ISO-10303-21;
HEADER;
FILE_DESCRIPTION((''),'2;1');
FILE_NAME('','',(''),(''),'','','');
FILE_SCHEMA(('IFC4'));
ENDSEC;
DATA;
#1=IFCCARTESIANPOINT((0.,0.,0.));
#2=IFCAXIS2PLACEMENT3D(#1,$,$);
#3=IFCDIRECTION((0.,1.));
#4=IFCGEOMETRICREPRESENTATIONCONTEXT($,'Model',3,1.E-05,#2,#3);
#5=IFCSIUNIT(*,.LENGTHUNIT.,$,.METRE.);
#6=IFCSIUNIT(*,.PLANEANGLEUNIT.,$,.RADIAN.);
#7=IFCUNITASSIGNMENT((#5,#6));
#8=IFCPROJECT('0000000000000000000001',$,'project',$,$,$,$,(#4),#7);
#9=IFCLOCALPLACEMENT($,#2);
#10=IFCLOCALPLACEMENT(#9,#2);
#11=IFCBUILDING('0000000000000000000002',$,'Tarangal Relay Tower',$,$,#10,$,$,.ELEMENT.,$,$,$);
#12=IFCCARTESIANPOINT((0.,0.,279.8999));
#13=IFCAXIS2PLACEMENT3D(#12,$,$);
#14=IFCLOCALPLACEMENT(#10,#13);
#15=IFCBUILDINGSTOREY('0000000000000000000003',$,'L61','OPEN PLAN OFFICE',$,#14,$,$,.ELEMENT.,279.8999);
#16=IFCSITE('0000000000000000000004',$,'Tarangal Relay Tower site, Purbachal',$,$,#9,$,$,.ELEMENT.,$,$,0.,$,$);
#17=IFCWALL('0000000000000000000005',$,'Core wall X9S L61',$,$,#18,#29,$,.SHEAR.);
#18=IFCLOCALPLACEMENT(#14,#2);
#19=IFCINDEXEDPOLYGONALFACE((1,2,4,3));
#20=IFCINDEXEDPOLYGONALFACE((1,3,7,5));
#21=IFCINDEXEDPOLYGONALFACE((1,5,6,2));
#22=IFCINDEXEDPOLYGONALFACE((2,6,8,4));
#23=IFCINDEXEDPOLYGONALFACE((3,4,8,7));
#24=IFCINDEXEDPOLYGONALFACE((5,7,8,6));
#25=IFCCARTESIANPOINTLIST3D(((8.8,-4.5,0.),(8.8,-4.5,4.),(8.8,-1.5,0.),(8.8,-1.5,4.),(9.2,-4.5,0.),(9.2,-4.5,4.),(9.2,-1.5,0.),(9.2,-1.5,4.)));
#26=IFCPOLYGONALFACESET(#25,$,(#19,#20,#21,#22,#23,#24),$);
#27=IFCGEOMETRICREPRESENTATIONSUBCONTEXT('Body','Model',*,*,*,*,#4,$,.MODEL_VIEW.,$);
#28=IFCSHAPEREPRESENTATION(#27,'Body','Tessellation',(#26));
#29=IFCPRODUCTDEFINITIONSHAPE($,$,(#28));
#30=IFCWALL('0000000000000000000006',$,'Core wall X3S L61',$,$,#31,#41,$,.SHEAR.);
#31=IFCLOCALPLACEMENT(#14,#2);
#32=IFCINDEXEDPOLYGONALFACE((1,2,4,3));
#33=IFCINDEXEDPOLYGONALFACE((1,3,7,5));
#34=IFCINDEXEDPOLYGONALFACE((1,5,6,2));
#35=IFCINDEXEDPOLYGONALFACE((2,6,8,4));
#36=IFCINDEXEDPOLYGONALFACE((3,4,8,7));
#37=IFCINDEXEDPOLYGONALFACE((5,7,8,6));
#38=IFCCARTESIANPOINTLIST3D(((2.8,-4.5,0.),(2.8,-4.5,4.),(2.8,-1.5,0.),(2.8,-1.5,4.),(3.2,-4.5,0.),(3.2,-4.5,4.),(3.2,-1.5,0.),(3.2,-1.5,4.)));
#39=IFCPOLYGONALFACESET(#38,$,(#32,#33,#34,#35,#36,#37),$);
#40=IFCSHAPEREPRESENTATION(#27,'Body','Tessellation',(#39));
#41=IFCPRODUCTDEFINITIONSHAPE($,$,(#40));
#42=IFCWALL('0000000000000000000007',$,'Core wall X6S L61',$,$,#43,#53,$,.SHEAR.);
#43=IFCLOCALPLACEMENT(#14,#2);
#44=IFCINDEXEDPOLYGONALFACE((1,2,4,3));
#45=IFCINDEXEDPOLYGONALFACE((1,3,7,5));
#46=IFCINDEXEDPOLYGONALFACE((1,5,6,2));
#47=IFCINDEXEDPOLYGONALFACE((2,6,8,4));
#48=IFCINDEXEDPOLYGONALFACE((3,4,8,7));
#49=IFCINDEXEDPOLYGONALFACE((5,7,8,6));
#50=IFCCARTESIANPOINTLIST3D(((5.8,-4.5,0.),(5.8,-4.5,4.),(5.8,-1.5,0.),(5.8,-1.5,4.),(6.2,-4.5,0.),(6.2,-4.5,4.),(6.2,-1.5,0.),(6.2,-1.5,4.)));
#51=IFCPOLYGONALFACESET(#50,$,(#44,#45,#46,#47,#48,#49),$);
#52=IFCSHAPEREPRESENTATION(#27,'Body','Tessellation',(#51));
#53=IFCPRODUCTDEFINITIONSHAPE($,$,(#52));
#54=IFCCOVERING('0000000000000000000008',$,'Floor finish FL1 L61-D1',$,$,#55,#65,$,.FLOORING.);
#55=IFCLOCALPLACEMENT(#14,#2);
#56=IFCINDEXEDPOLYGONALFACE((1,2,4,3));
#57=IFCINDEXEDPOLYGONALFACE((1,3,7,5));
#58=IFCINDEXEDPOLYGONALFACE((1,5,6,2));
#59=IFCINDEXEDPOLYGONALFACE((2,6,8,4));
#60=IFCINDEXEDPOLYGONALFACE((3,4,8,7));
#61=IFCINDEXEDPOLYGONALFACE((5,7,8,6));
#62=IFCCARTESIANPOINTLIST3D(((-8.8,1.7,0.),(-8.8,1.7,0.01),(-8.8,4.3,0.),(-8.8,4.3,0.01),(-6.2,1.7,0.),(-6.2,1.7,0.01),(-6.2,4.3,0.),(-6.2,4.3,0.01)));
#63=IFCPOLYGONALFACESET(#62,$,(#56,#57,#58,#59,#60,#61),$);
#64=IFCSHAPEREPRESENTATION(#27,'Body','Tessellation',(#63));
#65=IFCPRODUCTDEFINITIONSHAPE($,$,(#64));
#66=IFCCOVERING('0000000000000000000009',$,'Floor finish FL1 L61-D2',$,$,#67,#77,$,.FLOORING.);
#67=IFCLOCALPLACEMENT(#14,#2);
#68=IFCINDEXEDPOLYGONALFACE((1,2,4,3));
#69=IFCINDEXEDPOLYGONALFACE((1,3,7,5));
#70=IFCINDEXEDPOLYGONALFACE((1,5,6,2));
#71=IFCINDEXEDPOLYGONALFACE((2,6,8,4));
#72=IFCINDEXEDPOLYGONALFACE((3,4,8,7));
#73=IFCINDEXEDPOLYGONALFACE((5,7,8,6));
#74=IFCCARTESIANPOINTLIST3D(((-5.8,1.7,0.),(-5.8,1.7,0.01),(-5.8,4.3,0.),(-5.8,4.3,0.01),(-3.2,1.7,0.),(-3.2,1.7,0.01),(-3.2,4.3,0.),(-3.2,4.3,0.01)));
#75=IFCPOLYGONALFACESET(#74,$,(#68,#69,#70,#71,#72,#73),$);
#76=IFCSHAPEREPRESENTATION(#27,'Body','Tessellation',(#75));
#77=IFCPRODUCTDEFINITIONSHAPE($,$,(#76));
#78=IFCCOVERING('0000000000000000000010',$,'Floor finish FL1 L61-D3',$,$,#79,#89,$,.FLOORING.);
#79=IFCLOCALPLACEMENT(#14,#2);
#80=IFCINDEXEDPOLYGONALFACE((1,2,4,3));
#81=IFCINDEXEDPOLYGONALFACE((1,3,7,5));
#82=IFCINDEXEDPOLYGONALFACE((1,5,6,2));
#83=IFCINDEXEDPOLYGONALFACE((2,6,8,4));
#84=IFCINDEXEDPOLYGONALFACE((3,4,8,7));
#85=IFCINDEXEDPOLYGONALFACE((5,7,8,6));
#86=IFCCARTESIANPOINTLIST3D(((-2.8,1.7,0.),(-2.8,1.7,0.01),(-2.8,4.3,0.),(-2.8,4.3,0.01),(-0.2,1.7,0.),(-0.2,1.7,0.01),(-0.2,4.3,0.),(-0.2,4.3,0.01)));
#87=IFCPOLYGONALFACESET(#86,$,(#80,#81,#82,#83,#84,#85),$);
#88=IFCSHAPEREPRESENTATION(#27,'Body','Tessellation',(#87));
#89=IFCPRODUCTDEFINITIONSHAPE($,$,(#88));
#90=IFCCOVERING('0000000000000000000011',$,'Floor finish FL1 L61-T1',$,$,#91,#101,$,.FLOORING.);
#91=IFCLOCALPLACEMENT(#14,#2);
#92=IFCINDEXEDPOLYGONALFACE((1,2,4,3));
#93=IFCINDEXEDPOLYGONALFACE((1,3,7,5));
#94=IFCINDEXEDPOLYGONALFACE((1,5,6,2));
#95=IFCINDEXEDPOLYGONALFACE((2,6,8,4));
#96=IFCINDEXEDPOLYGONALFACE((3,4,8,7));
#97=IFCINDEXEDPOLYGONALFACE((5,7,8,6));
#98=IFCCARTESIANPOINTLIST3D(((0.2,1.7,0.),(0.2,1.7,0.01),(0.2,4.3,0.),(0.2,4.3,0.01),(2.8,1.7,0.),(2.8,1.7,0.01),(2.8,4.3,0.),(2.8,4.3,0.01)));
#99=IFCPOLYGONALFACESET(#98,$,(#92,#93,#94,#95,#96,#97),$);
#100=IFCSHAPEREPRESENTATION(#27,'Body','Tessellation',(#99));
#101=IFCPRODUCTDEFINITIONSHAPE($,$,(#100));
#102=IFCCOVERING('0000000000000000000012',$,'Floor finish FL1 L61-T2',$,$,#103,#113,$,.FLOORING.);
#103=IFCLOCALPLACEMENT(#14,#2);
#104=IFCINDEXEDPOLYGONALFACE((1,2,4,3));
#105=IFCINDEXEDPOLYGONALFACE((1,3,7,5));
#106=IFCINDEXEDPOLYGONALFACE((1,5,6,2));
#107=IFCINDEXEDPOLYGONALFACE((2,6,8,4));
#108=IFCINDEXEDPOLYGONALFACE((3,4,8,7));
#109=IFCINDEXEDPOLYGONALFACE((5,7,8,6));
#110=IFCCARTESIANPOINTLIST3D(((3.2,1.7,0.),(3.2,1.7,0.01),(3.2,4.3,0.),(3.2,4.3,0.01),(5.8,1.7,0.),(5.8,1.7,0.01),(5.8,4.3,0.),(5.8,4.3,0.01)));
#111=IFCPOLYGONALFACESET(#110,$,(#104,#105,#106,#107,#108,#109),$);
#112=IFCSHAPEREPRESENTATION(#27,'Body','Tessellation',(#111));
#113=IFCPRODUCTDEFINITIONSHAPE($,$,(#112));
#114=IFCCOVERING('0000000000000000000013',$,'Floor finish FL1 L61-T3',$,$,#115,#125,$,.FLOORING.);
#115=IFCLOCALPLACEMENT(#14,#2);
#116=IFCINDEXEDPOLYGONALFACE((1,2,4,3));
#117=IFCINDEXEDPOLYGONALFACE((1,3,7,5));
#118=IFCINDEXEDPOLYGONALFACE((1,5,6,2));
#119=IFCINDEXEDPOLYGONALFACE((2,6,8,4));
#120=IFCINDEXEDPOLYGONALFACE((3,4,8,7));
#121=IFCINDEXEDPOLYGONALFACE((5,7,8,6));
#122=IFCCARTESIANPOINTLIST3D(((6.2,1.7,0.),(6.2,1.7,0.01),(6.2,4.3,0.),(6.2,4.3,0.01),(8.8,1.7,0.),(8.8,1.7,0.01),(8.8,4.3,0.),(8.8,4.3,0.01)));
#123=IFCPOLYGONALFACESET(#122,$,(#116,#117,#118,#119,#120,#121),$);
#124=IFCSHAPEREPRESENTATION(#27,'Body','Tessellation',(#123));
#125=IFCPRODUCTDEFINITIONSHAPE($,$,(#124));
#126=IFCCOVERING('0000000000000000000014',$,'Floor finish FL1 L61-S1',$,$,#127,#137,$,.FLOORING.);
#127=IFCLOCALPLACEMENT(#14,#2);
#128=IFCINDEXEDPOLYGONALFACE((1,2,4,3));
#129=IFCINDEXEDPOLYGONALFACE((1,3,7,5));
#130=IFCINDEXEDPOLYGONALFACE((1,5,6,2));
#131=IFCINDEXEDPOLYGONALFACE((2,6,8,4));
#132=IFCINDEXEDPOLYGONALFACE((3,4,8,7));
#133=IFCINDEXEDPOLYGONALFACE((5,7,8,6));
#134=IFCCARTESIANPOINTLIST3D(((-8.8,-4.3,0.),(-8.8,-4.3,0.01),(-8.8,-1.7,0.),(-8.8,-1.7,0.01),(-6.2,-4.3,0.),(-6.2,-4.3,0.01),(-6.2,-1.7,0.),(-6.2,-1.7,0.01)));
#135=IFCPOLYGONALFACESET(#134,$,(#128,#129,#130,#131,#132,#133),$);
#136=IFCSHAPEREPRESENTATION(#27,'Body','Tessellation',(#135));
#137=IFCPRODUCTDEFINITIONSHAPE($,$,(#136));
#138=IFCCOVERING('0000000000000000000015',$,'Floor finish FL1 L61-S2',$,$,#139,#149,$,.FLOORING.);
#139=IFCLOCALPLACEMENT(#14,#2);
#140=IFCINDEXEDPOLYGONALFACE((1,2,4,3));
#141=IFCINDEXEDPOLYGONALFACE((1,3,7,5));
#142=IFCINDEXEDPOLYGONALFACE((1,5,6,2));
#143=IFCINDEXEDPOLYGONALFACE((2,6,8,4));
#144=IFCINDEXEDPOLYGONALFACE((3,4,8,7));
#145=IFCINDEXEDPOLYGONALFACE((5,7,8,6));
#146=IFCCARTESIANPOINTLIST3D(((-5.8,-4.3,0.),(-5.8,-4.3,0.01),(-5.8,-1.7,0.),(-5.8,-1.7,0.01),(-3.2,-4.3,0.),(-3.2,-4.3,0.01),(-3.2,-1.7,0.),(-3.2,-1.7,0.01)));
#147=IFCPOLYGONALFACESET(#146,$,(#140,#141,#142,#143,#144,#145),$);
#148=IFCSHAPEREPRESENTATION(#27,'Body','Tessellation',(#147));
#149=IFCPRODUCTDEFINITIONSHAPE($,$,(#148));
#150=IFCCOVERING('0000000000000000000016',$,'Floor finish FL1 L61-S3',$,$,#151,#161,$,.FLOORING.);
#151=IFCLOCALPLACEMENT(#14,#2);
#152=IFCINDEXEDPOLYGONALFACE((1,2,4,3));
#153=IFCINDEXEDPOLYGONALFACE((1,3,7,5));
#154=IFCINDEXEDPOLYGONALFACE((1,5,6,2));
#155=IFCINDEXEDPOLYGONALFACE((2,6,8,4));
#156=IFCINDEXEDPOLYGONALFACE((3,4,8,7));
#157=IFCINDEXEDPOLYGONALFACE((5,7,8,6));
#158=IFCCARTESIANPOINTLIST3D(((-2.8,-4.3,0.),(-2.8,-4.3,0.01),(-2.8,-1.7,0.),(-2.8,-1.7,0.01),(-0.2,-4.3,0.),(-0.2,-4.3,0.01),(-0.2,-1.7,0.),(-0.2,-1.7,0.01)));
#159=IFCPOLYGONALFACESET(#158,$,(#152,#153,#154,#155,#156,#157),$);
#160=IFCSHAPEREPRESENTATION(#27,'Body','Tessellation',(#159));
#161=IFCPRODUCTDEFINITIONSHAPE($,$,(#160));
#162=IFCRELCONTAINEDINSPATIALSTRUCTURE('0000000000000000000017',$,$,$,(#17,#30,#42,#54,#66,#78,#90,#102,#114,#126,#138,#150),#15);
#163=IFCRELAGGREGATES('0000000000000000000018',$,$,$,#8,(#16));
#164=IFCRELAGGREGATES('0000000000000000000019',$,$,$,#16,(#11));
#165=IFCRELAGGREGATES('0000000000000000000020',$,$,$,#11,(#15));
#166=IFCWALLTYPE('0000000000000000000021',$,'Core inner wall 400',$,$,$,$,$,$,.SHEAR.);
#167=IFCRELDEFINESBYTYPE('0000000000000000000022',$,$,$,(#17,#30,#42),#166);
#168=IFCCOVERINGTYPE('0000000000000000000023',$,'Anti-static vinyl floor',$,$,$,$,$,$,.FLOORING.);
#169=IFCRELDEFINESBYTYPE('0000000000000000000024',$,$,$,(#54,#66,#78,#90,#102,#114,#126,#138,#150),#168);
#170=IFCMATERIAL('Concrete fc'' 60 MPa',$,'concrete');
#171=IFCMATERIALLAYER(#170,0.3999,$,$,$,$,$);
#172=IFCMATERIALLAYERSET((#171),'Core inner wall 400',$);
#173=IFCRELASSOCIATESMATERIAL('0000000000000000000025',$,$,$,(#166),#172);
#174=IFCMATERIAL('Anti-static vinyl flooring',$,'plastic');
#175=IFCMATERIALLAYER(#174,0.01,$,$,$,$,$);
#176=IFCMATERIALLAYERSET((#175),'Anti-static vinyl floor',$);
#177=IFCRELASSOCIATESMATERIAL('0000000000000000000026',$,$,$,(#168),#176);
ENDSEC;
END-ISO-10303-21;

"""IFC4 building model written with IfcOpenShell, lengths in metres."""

from ifc_helpers import new_model, si_unit, direction, frame, frame_2d, origin, place, context, subcontext, project, spatial, polyline, rectangle, outline, extrude, material, layer, layer_set, type_object, element, save


model = new_model("IFC4")

# Units and contexts
model_context = context("Model", 3, precision=1e-05, world=origin(), true_north=direction((0.0, 1.0)))
body_context = subcontext(model_context, "Body", "Model", "MODEL_VIEW")
ifc_project = project(units=[si_unit("LENGTHUNIT", "METRE"), si_unit("PLANEANGLEUNIT", "RADIAN")], contexts=[model_context])

# Site, building, storey
site_placement = place(None, origin())
site = spatial("IfcSite", under=ifc_project, at=site_placement, Name="Tarangal Relay Tower site, Purbachal", CompositionType="ELEMENT", RefElevation=0.0)
building_placement = place(site_placement, origin())
building = spatial("IfcBuilding", under=site, at=building_placement, Name="Tarangal Relay Tower", CompositionType="ELEMENT")
storey_placement = place(building_placement, frame((0.0, 0.0, 279.8999)))
storey = spatial("IfcBuildingStorey", under=building, at=storey_placement, Name="L61", Description="OPEN PLAN OFFICE", CompositionType="ELEMENT", Elevation=279.8999)

# Walls
ifc_material_1 = material(Name="Concrete fc' 60 MPa", Category="concrete")
ifc_layer_1 = layer(ifc_material_1, 0.3999)
ifc_layer_set_1 = layer_set([ifc_layer_1], Name="Core inner wall 400")
wall_type = type_object("IfcWallType", Name="Core inner wall 400", PredefinedType="SHEAR", material=ifc_layer_set_1)
for number, where, z_axis, x_axis, name in (
    (1, (9.0, -4.5, 0.0), (0.0, 0.0, 1.0), (0.0, 1.0, 0.0), "Core wall X9S L61"),
    (2, (3.0, -4.5, 0.0), (0.0, 0.0, 1.0), (0.0, 1.0, 0.0), "Core wall X3S L61"),
    (3, (6.0, -4.5, 0.0), (0.0, 0.0, 1.0), (0.0, 1.0, 0.0), "Core wall X6S L61"),
):
    element("IfcWall", number, at=place(storey_placement, frame(where, z_axis=z_axis, x_axis=x_axis)), inside=storey, type_object=wall_type, Name=name, PredefinedType="SHEAR", context=body_context, shape_type="SweptSolid", body=[
        extrude(rectangle(XDim=3.0, YDim=0.3999, at=frame_2d((1.5, 0.0))), origin(), (0.0, 0.0, 1.0), 4.0),
    ])

# Coverings
ifc_material_2 = material(Name="Anti-static vinyl flooring", Category="plastic")
ifc_layer_2 = layer(ifc_material_2, 0.01)
ifc_layer_set_2 = layer_set([ifc_layer_2], Name="Anti-static vinyl floor")
covering_type_1 = type_object("IfcCoveringType", Name="Anti-static vinyl floor", PredefinedType="FLOORING", material=ifc_layer_set_2)
covering_1_placement = place(storey_placement, origin())
element("IfcCovering", 4, at=covering_1_placement, inside=storey, type_object=covering_type_1, Name="Floor finish FL1 L61-D1", PredefinedType="FLOORING", context=body_context, shape_type="SweptSolid", body=[
    extrude(outline(polyline([(-8.8, 1.7), (-6.2, 1.7), (-6.2, 4.3), (-8.8, 4.3), (-8.8, 1.7)])), origin(), (0.0, 0.0, 1.0), 0.01),
])
covering_2_placement = place(storey_placement, origin())
element("IfcCovering", 5, at=covering_2_placement, inside=storey, type_object=covering_type_1, Name="Floor finish FL1 L61-D2", PredefinedType="FLOORING", context=body_context, shape_type="SweptSolid", body=[
    extrude(outline(polyline([(-5.8, 1.7), (-3.2, 1.7), (-3.2, 4.3), (-5.8, 4.3), (-5.8, 1.7)])), origin(), (0.0, 0.0, 1.0), 0.01),
])
covering_3_placement = place(storey_placement, origin())
element("IfcCovering", 6, at=covering_3_placement, inside=storey, type_object=covering_type_1, Name="Floor finish FL1 L61-D3", PredefinedType="FLOORING", context=body_context, shape_type="SweptSolid", body=[
    extrude(outline(polyline([(-2.8, 1.7), (-0.2, 1.7), (-0.2, 4.3), (-2.8, 4.3), (-2.8, 1.7)])), origin(), (0.0, 0.0, 1.0), 0.01),
])
covering_4_placement = place(storey_placement, origin())
element("IfcCovering", 7, at=covering_4_placement, inside=storey, type_object=covering_type_1, Name="Floor finish FL1 L61-T1", PredefinedType="FLOORING", context=body_context, shape_type="SweptSolid", body=[
    extrude(outline(polyline([(0.2, 1.7), (2.8, 1.7), (2.8, 4.3), (0.2, 4.3), (0.2, 1.7)])), origin(), (0.0, 0.0, 1.0), 0.01),
])
covering_5_placement = place(storey_placement, origin())
element("IfcCovering", 8, at=covering_5_placement, inside=storey, type_object=covering_type_1, Name="Floor finish FL1 L61-T2", PredefinedType="FLOORING", context=body_context, shape_type="SweptSolid", body=[
    extrude(outline(polyline([(3.2, 1.7), (5.8, 1.7), (5.8, 4.3), (3.2, 4.3), (3.2, 1.7)])), origin(), (0.0, 0.0, 1.0), 0.01),
])
covering_6_placement = place(storey_placement, origin())
element("IfcCovering", 9, at=covering_6_placement, inside=storey, type_object=covering_type_1, Name="Floor finish FL1 L61-T3", PredefinedType="FLOORING", context=body_context, shape_type="SweptSolid", body=[
    extrude(outline(polyline([(6.2, 1.7), (8.8, 1.7), (8.8, 4.3), (6.2, 4.3), (6.2, 1.7)])), origin(), (0.0, 0.0, 1.0), 0.01),
])
covering_7_placement = place(storey_placement, origin())
element("IfcCovering", 10, at=covering_7_placement, inside=storey, type_object=covering_type_1, Name="Floor finish FL1 L61-S1", PredefinedType="FLOORING", context=body_context, shape_type="SweptSolid", body=[
    extrude(outline(polyline([(-8.8, -4.3), (-6.2, -4.3), (-6.2, -1.7), (-8.8, -1.7), (-8.8, -4.3)])), origin(), (0.0, 0.0, 1.0), 0.01),
])
covering_8_placement = place(storey_placement, origin())
element("IfcCovering", 11, at=covering_8_placement, inside=storey, type_object=covering_type_1, Name="Floor finish FL1 L61-S2", PredefinedType="FLOORING", context=body_context, shape_type="SweptSolid", body=[
    extrude(outline(polyline([(-5.8, -4.3), (-3.2, -4.3), (-3.2, -1.7), (-5.8, -1.7), (-5.8, -4.3)])), origin(), (0.0, 0.0, 1.0), 0.01),
])
covering_9_placement = place(storey_placement, origin())
element("IfcCovering", 12, at=covering_9_placement, inside=storey, type_object=covering_type_1, Name="Floor finish FL1 L61-S3", PredefinedType="FLOORING", context=body_context, shape_type="SweptSolid", body=[
    extrude(outline(polyline([(-2.8, -4.3), (-0.2, -4.3), (-0.2, -1.7), (-2.8, -1.7), (-2.8, -4.3)])), origin(), (0.0, 0.0, 1.0), 0.01),
])

save(model, "model.ifc")
